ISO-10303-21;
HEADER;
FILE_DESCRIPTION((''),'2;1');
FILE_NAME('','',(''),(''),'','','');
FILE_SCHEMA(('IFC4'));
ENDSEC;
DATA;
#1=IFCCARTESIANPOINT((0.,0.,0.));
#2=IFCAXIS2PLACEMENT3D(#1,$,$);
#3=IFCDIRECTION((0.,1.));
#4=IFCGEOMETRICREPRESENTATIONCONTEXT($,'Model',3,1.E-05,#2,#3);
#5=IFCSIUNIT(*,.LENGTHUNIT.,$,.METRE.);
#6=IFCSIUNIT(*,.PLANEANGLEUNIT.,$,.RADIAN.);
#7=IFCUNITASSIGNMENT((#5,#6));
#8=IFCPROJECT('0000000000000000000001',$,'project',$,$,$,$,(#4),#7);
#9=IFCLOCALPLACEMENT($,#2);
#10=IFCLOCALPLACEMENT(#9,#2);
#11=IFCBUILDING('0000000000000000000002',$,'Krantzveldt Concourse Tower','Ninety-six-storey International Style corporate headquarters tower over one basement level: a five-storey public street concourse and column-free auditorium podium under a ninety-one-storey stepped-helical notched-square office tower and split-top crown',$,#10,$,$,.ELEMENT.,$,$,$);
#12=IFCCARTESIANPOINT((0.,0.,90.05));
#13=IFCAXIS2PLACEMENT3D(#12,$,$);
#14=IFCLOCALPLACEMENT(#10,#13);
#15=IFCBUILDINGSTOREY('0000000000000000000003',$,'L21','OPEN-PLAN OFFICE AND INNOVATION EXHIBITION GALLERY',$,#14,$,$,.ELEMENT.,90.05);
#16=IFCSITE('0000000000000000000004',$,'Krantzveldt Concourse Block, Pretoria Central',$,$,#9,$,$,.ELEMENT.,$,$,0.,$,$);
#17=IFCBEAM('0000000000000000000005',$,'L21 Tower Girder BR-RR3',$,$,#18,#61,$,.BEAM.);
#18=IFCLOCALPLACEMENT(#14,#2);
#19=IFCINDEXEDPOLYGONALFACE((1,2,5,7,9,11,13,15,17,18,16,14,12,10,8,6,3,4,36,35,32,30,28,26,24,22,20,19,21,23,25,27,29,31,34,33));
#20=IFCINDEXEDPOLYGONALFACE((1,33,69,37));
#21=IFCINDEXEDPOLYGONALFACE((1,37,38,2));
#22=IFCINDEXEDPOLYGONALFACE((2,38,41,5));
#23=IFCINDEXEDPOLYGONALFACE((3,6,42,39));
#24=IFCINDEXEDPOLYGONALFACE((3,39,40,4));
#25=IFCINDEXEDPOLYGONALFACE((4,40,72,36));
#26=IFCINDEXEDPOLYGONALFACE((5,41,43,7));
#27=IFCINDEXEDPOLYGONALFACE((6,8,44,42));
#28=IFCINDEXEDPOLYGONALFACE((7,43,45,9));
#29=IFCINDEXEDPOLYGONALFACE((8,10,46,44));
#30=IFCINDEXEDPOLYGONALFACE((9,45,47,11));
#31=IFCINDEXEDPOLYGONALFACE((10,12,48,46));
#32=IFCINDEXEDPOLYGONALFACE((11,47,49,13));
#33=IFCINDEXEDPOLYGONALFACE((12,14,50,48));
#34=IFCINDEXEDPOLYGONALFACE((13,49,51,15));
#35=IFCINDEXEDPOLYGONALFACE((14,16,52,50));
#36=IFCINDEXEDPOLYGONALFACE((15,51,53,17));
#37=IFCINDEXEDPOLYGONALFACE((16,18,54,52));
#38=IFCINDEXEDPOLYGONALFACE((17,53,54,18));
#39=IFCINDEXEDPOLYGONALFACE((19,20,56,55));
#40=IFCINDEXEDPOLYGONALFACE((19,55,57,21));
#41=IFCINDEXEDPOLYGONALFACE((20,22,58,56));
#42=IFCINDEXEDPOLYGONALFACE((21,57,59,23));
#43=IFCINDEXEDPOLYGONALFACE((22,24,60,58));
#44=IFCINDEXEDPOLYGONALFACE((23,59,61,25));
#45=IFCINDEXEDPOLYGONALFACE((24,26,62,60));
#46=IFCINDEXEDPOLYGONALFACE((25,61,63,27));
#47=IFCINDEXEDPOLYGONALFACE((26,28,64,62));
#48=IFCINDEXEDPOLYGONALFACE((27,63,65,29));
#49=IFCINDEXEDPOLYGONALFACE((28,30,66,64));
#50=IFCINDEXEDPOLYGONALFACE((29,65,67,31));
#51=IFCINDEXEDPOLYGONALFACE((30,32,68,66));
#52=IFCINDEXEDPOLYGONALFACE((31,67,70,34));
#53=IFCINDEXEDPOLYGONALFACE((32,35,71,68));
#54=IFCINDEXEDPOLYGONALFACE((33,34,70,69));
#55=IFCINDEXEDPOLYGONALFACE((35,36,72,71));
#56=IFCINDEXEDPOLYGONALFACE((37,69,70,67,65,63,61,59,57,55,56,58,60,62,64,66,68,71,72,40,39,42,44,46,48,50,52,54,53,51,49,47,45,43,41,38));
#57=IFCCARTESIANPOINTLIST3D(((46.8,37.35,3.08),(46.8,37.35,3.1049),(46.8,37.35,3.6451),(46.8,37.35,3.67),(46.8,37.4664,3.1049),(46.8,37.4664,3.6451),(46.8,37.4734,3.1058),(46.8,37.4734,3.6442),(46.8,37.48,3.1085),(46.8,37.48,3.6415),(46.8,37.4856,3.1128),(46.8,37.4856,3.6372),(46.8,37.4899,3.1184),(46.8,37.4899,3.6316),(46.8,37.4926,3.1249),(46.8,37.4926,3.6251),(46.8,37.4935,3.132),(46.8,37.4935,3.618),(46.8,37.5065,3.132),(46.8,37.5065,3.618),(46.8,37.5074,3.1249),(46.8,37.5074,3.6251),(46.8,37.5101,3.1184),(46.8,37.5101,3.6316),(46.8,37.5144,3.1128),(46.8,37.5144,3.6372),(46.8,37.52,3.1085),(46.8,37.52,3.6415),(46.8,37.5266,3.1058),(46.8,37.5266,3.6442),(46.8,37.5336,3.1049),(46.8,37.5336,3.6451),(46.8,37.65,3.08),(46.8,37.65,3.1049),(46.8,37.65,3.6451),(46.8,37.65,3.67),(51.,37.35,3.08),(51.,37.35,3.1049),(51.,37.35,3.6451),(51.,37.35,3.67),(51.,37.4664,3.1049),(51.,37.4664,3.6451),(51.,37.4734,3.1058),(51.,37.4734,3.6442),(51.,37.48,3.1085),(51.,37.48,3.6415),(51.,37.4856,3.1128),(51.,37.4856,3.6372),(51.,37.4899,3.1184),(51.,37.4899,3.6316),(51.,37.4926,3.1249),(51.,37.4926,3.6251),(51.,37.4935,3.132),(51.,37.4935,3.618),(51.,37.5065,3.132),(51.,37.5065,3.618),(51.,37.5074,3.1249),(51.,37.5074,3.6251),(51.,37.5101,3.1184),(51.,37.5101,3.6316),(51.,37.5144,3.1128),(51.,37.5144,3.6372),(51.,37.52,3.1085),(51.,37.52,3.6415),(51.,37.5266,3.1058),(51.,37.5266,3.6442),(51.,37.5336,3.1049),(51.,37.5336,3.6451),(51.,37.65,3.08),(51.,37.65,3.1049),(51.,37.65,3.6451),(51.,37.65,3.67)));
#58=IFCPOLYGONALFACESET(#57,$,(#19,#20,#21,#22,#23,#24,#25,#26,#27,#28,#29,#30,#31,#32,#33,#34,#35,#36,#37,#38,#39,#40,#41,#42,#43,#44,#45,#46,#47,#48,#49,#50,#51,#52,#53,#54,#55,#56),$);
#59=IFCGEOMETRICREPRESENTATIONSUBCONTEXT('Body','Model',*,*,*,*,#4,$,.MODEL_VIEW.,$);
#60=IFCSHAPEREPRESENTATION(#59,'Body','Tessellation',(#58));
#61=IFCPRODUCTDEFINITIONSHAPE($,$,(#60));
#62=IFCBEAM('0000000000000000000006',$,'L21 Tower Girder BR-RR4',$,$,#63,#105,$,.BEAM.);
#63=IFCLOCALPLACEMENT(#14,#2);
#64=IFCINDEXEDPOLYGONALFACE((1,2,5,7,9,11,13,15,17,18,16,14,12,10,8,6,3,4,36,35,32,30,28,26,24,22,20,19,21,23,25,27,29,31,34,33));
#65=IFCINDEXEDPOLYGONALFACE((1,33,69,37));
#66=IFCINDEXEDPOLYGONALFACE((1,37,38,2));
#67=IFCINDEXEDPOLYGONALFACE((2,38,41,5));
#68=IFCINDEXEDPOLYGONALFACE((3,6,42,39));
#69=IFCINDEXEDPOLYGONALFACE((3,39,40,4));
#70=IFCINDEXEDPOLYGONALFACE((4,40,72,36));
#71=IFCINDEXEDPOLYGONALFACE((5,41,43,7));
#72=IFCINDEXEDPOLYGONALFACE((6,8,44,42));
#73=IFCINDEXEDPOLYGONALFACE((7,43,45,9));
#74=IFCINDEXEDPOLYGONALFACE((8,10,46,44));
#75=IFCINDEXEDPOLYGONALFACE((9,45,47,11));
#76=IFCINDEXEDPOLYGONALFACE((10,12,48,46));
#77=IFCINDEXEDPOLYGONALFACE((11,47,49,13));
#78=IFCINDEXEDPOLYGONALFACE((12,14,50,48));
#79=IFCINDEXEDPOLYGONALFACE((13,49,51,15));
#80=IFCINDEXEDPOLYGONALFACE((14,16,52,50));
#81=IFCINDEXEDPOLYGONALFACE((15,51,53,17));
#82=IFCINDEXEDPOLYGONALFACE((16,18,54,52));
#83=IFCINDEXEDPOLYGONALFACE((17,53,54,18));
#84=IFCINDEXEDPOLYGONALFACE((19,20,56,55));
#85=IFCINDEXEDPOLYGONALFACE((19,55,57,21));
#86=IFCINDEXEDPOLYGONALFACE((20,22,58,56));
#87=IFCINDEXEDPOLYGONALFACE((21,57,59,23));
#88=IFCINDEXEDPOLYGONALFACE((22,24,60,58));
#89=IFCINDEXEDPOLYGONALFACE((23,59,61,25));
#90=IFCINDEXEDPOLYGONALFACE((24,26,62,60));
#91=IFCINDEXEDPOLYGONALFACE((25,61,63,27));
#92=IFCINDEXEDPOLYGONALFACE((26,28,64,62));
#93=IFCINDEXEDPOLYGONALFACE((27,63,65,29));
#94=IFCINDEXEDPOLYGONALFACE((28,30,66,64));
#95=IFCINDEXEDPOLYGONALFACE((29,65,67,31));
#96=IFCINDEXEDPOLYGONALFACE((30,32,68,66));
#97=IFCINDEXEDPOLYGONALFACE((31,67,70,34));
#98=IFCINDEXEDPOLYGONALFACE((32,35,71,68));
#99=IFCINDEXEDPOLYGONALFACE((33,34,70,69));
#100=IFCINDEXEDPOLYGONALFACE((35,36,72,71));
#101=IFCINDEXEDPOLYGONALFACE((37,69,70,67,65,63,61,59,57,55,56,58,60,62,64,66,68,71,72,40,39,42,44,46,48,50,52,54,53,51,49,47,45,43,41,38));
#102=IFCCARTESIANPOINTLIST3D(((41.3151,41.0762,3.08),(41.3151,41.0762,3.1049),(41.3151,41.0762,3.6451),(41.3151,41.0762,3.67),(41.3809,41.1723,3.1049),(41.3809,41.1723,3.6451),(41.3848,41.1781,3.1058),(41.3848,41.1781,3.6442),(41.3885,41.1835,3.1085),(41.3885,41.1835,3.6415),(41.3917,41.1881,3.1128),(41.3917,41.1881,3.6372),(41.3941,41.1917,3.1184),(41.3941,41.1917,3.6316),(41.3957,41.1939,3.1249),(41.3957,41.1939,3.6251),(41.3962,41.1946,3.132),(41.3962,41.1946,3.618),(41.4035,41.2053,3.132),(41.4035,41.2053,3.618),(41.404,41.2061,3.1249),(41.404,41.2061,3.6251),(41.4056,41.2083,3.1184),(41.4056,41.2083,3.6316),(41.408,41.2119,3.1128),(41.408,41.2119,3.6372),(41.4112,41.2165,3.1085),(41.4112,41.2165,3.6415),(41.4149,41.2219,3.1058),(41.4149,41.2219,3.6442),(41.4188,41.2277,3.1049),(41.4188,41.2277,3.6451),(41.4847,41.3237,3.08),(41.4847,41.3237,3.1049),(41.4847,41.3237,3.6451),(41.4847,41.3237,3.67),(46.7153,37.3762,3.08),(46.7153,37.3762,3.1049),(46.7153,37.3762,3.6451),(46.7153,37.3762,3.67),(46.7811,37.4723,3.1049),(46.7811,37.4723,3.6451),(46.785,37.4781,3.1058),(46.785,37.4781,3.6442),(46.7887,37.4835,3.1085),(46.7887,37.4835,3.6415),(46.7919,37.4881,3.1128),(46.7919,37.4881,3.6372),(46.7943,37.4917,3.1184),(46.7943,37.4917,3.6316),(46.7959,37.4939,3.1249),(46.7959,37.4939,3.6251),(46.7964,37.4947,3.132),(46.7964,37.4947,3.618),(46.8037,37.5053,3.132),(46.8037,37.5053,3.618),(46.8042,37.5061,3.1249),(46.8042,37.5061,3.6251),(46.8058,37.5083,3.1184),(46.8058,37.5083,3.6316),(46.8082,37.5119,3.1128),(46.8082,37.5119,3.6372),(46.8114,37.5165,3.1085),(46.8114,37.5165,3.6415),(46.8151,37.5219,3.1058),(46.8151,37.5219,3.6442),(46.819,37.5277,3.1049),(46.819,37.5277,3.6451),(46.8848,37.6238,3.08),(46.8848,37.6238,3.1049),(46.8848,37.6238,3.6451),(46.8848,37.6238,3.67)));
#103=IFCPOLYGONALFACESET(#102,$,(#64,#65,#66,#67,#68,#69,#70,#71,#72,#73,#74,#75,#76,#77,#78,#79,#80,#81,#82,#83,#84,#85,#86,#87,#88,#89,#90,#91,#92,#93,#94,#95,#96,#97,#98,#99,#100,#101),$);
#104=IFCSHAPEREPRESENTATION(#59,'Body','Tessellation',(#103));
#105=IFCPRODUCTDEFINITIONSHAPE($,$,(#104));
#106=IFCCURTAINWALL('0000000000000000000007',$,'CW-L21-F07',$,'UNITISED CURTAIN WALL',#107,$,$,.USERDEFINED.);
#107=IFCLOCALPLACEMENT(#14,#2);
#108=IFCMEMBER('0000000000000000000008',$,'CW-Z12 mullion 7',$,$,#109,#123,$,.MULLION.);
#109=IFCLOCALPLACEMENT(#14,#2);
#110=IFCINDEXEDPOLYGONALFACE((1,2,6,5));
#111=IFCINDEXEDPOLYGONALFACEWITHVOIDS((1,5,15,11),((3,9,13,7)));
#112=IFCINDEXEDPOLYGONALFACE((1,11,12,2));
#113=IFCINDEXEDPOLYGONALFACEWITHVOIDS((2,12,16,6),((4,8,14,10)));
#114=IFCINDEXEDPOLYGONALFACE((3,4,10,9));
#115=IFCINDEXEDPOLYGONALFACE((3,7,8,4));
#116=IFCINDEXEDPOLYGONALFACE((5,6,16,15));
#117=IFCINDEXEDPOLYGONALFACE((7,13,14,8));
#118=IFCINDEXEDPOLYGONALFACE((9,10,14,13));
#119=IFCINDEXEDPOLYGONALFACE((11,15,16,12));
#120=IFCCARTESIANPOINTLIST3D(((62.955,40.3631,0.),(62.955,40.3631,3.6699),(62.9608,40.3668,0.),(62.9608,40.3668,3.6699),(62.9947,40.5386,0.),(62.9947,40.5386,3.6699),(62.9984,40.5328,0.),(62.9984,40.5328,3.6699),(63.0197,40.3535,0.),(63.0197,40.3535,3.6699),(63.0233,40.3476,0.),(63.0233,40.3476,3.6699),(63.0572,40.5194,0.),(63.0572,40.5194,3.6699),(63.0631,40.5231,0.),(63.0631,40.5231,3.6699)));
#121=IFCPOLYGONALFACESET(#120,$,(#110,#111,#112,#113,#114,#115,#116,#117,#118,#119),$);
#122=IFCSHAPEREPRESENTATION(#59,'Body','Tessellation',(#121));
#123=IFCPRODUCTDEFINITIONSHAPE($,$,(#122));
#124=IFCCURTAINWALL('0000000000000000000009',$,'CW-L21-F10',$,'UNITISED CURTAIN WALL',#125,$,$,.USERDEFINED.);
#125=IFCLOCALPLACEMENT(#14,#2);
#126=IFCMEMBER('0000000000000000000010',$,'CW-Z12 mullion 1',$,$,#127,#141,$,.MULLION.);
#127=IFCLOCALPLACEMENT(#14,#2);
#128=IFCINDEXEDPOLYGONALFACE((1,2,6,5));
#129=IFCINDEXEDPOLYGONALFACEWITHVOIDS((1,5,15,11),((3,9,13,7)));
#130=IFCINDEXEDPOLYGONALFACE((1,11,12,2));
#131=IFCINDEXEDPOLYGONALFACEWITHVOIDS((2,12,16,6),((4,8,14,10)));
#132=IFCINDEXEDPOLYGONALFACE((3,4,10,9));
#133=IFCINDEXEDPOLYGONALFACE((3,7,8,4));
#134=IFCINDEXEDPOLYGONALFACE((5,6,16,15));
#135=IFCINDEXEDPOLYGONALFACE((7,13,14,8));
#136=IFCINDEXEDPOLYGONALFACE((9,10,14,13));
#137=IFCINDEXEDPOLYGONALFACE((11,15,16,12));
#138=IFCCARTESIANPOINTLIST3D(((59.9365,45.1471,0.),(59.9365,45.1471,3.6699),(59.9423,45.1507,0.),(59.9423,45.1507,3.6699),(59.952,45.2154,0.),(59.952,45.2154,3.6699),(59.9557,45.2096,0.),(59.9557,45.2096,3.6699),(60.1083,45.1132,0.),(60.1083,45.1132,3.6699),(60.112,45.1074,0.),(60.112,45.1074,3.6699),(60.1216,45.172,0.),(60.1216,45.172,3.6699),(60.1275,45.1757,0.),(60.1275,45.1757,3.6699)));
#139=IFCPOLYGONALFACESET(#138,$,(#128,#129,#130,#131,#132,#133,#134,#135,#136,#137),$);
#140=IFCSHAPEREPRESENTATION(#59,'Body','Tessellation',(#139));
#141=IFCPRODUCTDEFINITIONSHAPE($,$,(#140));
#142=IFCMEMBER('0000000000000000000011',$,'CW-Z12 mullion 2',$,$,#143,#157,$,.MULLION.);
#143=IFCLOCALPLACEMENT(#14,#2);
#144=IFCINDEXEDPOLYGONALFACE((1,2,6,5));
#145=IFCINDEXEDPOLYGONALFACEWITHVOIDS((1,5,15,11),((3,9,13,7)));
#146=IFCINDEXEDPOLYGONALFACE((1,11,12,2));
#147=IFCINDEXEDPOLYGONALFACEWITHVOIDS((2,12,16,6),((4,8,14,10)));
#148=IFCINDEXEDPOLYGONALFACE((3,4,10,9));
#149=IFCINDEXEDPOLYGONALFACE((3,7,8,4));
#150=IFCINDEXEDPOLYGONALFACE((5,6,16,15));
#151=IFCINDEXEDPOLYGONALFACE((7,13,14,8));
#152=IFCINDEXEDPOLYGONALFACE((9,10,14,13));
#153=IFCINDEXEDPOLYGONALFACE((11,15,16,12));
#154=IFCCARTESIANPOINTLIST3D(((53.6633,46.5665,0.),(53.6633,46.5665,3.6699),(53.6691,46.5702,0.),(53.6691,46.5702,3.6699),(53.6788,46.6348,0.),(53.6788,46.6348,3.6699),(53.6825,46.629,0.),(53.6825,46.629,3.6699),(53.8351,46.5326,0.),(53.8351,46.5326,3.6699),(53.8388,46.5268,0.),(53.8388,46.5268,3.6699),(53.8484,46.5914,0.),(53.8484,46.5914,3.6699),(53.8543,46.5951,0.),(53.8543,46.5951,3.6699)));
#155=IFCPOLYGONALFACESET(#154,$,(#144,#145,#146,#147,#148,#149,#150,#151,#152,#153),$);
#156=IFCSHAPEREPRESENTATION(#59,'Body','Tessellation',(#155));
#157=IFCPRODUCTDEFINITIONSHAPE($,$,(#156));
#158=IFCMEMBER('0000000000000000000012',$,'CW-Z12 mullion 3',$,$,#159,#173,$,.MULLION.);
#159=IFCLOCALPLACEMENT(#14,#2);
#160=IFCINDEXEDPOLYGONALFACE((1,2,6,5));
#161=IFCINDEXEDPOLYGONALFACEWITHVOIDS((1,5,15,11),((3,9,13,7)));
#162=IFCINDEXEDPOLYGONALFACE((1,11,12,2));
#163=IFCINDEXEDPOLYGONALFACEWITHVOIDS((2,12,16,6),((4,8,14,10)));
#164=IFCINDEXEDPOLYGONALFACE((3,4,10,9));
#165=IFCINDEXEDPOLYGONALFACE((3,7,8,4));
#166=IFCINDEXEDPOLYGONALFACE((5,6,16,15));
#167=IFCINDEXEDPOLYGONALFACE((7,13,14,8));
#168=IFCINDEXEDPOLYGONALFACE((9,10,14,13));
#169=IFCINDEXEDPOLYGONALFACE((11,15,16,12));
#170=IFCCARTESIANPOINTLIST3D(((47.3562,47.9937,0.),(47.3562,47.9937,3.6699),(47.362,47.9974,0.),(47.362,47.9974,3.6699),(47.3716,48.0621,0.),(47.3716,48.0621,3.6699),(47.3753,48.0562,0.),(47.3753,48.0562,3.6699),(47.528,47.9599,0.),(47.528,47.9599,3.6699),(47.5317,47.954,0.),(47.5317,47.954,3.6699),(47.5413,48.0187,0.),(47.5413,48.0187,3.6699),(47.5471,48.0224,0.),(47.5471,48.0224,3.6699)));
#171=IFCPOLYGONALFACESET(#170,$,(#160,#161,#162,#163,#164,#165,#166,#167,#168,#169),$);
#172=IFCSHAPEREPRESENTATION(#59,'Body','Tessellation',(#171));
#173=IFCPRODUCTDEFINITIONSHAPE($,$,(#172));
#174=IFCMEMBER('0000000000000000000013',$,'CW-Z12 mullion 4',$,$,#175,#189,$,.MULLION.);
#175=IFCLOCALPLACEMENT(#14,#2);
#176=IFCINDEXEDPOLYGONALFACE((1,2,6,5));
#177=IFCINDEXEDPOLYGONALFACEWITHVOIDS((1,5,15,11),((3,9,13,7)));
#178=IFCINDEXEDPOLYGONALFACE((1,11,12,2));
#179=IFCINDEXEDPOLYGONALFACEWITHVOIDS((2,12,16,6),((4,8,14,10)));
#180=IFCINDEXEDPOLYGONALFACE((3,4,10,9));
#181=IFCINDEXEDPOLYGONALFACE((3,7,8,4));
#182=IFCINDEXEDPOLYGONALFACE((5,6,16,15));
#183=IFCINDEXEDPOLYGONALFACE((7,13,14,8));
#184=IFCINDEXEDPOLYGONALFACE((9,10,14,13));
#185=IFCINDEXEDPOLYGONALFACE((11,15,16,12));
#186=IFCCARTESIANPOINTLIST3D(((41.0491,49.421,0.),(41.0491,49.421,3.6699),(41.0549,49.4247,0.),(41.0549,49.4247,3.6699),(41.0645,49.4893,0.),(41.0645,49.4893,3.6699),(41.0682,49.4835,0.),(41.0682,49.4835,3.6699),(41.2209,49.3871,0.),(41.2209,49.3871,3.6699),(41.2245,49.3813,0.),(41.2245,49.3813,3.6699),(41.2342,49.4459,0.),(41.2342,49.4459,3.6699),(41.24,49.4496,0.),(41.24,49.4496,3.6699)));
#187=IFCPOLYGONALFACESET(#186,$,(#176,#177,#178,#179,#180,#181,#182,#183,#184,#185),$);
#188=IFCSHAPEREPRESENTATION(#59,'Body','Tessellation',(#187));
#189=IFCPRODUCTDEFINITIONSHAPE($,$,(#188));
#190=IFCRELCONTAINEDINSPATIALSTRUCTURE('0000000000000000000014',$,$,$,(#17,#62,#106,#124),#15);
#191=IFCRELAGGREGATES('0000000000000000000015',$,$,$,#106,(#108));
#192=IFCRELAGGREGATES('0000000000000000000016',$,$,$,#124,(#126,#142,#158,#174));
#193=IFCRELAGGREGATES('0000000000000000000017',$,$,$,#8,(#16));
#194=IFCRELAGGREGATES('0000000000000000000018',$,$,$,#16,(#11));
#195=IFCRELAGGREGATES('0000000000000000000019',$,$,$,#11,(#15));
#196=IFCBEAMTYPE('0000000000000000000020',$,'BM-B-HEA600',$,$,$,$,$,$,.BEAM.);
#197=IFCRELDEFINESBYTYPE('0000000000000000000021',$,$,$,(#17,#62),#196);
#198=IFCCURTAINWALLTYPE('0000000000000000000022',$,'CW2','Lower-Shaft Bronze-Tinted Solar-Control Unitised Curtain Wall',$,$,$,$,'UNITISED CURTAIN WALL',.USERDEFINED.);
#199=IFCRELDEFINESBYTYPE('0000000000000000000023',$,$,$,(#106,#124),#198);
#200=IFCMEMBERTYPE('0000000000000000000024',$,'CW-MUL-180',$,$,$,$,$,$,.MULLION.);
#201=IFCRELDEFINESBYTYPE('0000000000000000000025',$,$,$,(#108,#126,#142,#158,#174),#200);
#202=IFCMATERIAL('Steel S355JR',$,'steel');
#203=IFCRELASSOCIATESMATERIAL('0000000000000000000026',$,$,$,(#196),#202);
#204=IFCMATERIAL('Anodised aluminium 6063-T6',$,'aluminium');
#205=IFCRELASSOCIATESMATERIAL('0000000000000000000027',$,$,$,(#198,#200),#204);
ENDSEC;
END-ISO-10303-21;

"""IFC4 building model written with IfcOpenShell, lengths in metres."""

from ifc_helpers import new_model, si_unit, direction, frame, origin, origin_2d, place, context, subcontext, project, spatial, hollow_rectangle, i_section, extrude, source, transform, mapped, material, material_profile, profile_set, type_object, type_shapes, element, aggregate, save


model = new_model("IFC4")

# Units and contexts
model_context = context("Model", 3, precision=1e-05, world=origin(), true_north=direction((0.0, 1.0)))
body_context = subcontext(model_context, "Body", "Model", "MODEL_VIEW")
ifc_project = project(units=[si_unit("LENGTHUNIT", "METRE"), si_unit("PLANEANGLEUNIT", "RADIAN")], contexts=[model_context])

# Site, building, storey
site_placement = place(None, origin())
site = spatial("IfcSite", under=ifc_project, at=site_placement, Name="Krantzveldt Concourse Block, Pretoria Central", CompositionType="ELEMENT", RefElevation=0.0)
building_placement = place(site_placement, origin())
building = spatial("IfcBuilding", under=site, at=building_placement, Name="Krantzveldt Concourse Tower", Description="Ninety-six-storey International Style corporate headquarters tower over one basement level: a five-storey public street concourse and column-free auditorium podium under a ninety-one-storey stepped-helical notched-square office tower and split-top crown", CompositionType="ELEMENT")
storey_placement = place(building_placement, frame((0.0, 0.0, 90.05)))
storey = spatial("IfcBuildingStorey", under=building, at=storey_placement, Name="L21", Description="OPEN-PLAN OFFICE AND INNOVATION EXHIBITION GALLERY", CompositionType="ELEMENT", Elevation=90.05)

# Beams
ifc_material_1 = material(Name="Steel S355JR", Category="steel")
ifc_material_profile_1 = material_profile(ifc_material_1, i_section(OverallWidth=0.3, OverallDepth=0.5901, WebThickness=0.0129, FlangeThickness=0.0249, FilletRadius=0.0271, at=origin_2d()), Name="Steel S355JR", Category="steel")
ifc_profile_set_1 = profile_set([ifc_material_profile_1], Name="Steel S355JR - HEA 600")
beam_type_1 = type_object("IfcBeamType", Name="BM-B-HEA600", PredefinedType="BEAM", material=ifc_profile_set_1)
shared_shape_1 = source(origin(), body_context, "Body", "SweptSolid", [
    extrude(i_section(OverallWidth=0.3, OverallDepth=0.5901, WebThickness=0.0129, FlangeThickness=0.0249, FilletRadius=0.0271, at=origin_2d()), origin(), (0.0, 0.0, 1.0), 4.2),
])
beam_1_placement = place(storey_placement, frame((46.8, 37.5, 3.375), z_axis=(1.0, 0.0, 0.0), x_axis=(0.0, 1.0, 0.0)))
element("IfcBeam", 1, at=beam_1_placement, inside=storey, type_object=beam_type_1, Name="L21 Tower Girder BR-RR3", PredefinedType="BEAM", context=body_context, shape_type="MappedRepresentation", body=[
    mapped(shared_shape_1, transform((0.0, 0.0, 0.0), x_axis=(1.0, 0.0, 0.0), y_axis=(0.0, 1.0, 0.0), z_axis=(0.0, 0.0, 1.0), scale=1.0)),
])
shared_shape_2 = source(origin(), body_context, "Body", "SweptSolid", [
    extrude(i_section(OverallWidth=0.3, OverallDepth=0.5901, WebThickness=0.0129, FlangeThickness=0.0249, FilletRadius=0.0271, at=origin_2d()), origin(), (0.0, 0.0, 1.0), 6.5461),
])
type_shapes(beam_type_1, [shared_shape_1, shared_shape_2])
beam_2_placement = place(storey_placement, frame((46.8, 37.5, 3.375), z_axis=(-0.824943, 0.565216, 0.0), x_axis=(-0.565216, -0.824943, 0.0)))
element("IfcBeam", 2, at=beam_2_placement, inside=storey, type_object=beam_type_1, Name="L21 Tower Girder BR-RR4", PredefinedType="BEAM", context=body_context, shape_type="MappedRepresentation", body=[
    mapped(shared_shape_2, transform((0.0, 0.0, 0.0), x_axis=(1.0, 0.0, 0.0), y_axis=(0.0, 1.0, 0.0), z_axis=(0.0, 0.0, 1.0), scale=1.0)),
])

# Curtain wall, member
ifc_material_2 = material(Name="Anodised aluminium 6063-T6", Category="aluminium")
curtain_wall_type = type_object("IfcCurtainWallType", Name="CW2", Description="Lower-Shaft Bronze-Tinted Solar-Control Unitised Curtain Wall", ElementType="UNITISED CURTAIN WALL", PredefinedType="USERDEFINED", material=ifc_material_2)
curtain_wall_1_placement = place(storey_placement, origin())
curtain_wall_1 = element("IfcCurtainWall", 3, at=curtain_wall_1_placement, inside=storey, type_object=curtain_wall_type, Name="CW-L21-F07", ObjectType="UNITISED CURTAIN WALL", PredefinedType="USERDEFINED")
ifc_material_profile_2 = material_profile(ifc_material_2, hollow_rectangle(XDim=0.0701, YDim=0.1799, WallThickness=0.0049, at=origin_2d()), Name="Anodised aluminium 6063-T6", Category="aluminium")
ifc_profile_set_2 = profile_set([ifc_material_profile_2], Name="Anodised aluminium 6063-T6 - ALU-MULL 180x70x5")
member_type_1 = type_object("IfcMemberType", Name="CW-MUL-180", PredefinedType="MULLION", material=ifc_profile_set_2)
shared_shape_3 = source(origin(), body_context, "Body", "SweptSolid", [
    extrude(hollow_rectangle(XDim=0.0701, YDim=0.1799, WallThickness=0.0049, at=origin_2d()), origin(), (0.0, 0.0, 1.0), 3.6699),
])
type_shapes(member_type_1, [shared_shape_3])
member_1_placement = place(storey_placement, frame((63.009, 40.4431, 0.0), z_axis=(0.0, 0.0, 1.0), x_axis=(-0.975342, 0.220697, 0.0)))
member_1 = element("IfcMember", 4, at=member_1_placement, type_object=member_type_1, Name="CW-Z12 mullion 7", PredefinedType="MULLION", context=body_context, shape_type="MappedRepresentation", body=[
    mapped(shared_shape_3, transform((0.0, 0.0, 0.0), x_axis=(1.0, 0.0, 0.0), y_axis=(0.0, 1.0, 0.0), z_axis=(0.0, 0.0, 1.0), scale=1.0)),
])

# Curtain wall, members
curtain_wall_2_placement = place(storey_placement, origin())
curtain_wall_2 = element("IfcCurtainWall", 5, at=curtain_wall_2_placement, inside=storey, type_object=curtain_wall_type, Name="CW-L21-F10", ObjectType="UNITISED CURTAIN WALL", PredefinedType="USERDEFINED")
member_2_placement = place(storey_placement, frame((60.032, 45.1614, 0.0), z_axis=(0.0, 0.0, 1.0), x_axis=(-0.220697, -0.975342, 0.0)))
member_2 = element("IfcMember", 6, at=member_2_placement, type_object=member_type_1, Name="CW-Z12 mullion 1", PredefinedType="MULLION", context=body_context, shape_type="MappedRepresentation", body=[
    mapped(shared_shape_3, transform((0.0, 0.0, 0.0), x_axis=(1.0, 0.0, 0.0), y_axis=(0.0, 1.0, 0.0), z_axis=(0.0, 0.0, 1.0), scale=1.0)),
])
member_3_placement = place(storey_placement, frame((53.7588, 46.5808, 0.0), z_axis=(0.0, 0.0, 1.0), x_axis=(-0.220697, -0.975342, 0.0)))
member_3 = element("IfcMember", 7, at=member_3_placement, type_object=member_type_1, Name="CW-Z12 mullion 2", PredefinedType="MULLION", context=body_context, shape_type="MappedRepresentation", body=[
    mapped(shared_shape_3, transform((0.0, 0.0, 0.0), x_axis=(1.0, 0.0, 0.0), y_axis=(0.0, 1.0, 0.0), z_axis=(0.0, 0.0, 1.0), scale=1.0)),
])
member_4_placement = place(storey_placement, frame((47.4517, 48.0081, 0.0), z_axis=(0.0, 0.0, 1.0), x_axis=(-0.220697, -0.975342, 0.0)))
member_4 = element("IfcMember", 8, at=member_4_placement, type_object=member_type_1, Name="CW-Z12 mullion 3", PredefinedType="MULLION", context=body_context, shape_type="MappedRepresentation", body=[
    mapped(shared_shape_3, transform((0.0, 0.0, 0.0), x_axis=(1.0, 0.0, 0.0), y_axis=(0.0, 1.0, 0.0), z_axis=(0.0, 0.0, 1.0), scale=1.0)),
])
member_5_placement = place(storey_placement, frame((41.1445, 49.4353, 0.0), z_axis=(0.0, 0.0, 1.0), x_axis=(-0.220697, -0.975342, 0.0)))
member_5 = element("IfcMember", 9, at=member_5_placement, type_object=member_type_1, Name="CW-Z12 mullion 4", PredefinedType="MULLION", context=body_context, shape_type="MappedRepresentation", body=[
    mapped(shared_shape_3, transform((0.0, 0.0, 0.0), x_axis=(1.0, 0.0, 0.0), y_axis=(0.0, 1.0, 0.0), z_axis=(0.0, 0.0, 1.0), scale=1.0)),
])

aggregate(curtain_wall_1, [member_1])
aggregate(curtain_wall_2, [member_2, member_3, member_4, member_5])

save(model, "model.ifc")
